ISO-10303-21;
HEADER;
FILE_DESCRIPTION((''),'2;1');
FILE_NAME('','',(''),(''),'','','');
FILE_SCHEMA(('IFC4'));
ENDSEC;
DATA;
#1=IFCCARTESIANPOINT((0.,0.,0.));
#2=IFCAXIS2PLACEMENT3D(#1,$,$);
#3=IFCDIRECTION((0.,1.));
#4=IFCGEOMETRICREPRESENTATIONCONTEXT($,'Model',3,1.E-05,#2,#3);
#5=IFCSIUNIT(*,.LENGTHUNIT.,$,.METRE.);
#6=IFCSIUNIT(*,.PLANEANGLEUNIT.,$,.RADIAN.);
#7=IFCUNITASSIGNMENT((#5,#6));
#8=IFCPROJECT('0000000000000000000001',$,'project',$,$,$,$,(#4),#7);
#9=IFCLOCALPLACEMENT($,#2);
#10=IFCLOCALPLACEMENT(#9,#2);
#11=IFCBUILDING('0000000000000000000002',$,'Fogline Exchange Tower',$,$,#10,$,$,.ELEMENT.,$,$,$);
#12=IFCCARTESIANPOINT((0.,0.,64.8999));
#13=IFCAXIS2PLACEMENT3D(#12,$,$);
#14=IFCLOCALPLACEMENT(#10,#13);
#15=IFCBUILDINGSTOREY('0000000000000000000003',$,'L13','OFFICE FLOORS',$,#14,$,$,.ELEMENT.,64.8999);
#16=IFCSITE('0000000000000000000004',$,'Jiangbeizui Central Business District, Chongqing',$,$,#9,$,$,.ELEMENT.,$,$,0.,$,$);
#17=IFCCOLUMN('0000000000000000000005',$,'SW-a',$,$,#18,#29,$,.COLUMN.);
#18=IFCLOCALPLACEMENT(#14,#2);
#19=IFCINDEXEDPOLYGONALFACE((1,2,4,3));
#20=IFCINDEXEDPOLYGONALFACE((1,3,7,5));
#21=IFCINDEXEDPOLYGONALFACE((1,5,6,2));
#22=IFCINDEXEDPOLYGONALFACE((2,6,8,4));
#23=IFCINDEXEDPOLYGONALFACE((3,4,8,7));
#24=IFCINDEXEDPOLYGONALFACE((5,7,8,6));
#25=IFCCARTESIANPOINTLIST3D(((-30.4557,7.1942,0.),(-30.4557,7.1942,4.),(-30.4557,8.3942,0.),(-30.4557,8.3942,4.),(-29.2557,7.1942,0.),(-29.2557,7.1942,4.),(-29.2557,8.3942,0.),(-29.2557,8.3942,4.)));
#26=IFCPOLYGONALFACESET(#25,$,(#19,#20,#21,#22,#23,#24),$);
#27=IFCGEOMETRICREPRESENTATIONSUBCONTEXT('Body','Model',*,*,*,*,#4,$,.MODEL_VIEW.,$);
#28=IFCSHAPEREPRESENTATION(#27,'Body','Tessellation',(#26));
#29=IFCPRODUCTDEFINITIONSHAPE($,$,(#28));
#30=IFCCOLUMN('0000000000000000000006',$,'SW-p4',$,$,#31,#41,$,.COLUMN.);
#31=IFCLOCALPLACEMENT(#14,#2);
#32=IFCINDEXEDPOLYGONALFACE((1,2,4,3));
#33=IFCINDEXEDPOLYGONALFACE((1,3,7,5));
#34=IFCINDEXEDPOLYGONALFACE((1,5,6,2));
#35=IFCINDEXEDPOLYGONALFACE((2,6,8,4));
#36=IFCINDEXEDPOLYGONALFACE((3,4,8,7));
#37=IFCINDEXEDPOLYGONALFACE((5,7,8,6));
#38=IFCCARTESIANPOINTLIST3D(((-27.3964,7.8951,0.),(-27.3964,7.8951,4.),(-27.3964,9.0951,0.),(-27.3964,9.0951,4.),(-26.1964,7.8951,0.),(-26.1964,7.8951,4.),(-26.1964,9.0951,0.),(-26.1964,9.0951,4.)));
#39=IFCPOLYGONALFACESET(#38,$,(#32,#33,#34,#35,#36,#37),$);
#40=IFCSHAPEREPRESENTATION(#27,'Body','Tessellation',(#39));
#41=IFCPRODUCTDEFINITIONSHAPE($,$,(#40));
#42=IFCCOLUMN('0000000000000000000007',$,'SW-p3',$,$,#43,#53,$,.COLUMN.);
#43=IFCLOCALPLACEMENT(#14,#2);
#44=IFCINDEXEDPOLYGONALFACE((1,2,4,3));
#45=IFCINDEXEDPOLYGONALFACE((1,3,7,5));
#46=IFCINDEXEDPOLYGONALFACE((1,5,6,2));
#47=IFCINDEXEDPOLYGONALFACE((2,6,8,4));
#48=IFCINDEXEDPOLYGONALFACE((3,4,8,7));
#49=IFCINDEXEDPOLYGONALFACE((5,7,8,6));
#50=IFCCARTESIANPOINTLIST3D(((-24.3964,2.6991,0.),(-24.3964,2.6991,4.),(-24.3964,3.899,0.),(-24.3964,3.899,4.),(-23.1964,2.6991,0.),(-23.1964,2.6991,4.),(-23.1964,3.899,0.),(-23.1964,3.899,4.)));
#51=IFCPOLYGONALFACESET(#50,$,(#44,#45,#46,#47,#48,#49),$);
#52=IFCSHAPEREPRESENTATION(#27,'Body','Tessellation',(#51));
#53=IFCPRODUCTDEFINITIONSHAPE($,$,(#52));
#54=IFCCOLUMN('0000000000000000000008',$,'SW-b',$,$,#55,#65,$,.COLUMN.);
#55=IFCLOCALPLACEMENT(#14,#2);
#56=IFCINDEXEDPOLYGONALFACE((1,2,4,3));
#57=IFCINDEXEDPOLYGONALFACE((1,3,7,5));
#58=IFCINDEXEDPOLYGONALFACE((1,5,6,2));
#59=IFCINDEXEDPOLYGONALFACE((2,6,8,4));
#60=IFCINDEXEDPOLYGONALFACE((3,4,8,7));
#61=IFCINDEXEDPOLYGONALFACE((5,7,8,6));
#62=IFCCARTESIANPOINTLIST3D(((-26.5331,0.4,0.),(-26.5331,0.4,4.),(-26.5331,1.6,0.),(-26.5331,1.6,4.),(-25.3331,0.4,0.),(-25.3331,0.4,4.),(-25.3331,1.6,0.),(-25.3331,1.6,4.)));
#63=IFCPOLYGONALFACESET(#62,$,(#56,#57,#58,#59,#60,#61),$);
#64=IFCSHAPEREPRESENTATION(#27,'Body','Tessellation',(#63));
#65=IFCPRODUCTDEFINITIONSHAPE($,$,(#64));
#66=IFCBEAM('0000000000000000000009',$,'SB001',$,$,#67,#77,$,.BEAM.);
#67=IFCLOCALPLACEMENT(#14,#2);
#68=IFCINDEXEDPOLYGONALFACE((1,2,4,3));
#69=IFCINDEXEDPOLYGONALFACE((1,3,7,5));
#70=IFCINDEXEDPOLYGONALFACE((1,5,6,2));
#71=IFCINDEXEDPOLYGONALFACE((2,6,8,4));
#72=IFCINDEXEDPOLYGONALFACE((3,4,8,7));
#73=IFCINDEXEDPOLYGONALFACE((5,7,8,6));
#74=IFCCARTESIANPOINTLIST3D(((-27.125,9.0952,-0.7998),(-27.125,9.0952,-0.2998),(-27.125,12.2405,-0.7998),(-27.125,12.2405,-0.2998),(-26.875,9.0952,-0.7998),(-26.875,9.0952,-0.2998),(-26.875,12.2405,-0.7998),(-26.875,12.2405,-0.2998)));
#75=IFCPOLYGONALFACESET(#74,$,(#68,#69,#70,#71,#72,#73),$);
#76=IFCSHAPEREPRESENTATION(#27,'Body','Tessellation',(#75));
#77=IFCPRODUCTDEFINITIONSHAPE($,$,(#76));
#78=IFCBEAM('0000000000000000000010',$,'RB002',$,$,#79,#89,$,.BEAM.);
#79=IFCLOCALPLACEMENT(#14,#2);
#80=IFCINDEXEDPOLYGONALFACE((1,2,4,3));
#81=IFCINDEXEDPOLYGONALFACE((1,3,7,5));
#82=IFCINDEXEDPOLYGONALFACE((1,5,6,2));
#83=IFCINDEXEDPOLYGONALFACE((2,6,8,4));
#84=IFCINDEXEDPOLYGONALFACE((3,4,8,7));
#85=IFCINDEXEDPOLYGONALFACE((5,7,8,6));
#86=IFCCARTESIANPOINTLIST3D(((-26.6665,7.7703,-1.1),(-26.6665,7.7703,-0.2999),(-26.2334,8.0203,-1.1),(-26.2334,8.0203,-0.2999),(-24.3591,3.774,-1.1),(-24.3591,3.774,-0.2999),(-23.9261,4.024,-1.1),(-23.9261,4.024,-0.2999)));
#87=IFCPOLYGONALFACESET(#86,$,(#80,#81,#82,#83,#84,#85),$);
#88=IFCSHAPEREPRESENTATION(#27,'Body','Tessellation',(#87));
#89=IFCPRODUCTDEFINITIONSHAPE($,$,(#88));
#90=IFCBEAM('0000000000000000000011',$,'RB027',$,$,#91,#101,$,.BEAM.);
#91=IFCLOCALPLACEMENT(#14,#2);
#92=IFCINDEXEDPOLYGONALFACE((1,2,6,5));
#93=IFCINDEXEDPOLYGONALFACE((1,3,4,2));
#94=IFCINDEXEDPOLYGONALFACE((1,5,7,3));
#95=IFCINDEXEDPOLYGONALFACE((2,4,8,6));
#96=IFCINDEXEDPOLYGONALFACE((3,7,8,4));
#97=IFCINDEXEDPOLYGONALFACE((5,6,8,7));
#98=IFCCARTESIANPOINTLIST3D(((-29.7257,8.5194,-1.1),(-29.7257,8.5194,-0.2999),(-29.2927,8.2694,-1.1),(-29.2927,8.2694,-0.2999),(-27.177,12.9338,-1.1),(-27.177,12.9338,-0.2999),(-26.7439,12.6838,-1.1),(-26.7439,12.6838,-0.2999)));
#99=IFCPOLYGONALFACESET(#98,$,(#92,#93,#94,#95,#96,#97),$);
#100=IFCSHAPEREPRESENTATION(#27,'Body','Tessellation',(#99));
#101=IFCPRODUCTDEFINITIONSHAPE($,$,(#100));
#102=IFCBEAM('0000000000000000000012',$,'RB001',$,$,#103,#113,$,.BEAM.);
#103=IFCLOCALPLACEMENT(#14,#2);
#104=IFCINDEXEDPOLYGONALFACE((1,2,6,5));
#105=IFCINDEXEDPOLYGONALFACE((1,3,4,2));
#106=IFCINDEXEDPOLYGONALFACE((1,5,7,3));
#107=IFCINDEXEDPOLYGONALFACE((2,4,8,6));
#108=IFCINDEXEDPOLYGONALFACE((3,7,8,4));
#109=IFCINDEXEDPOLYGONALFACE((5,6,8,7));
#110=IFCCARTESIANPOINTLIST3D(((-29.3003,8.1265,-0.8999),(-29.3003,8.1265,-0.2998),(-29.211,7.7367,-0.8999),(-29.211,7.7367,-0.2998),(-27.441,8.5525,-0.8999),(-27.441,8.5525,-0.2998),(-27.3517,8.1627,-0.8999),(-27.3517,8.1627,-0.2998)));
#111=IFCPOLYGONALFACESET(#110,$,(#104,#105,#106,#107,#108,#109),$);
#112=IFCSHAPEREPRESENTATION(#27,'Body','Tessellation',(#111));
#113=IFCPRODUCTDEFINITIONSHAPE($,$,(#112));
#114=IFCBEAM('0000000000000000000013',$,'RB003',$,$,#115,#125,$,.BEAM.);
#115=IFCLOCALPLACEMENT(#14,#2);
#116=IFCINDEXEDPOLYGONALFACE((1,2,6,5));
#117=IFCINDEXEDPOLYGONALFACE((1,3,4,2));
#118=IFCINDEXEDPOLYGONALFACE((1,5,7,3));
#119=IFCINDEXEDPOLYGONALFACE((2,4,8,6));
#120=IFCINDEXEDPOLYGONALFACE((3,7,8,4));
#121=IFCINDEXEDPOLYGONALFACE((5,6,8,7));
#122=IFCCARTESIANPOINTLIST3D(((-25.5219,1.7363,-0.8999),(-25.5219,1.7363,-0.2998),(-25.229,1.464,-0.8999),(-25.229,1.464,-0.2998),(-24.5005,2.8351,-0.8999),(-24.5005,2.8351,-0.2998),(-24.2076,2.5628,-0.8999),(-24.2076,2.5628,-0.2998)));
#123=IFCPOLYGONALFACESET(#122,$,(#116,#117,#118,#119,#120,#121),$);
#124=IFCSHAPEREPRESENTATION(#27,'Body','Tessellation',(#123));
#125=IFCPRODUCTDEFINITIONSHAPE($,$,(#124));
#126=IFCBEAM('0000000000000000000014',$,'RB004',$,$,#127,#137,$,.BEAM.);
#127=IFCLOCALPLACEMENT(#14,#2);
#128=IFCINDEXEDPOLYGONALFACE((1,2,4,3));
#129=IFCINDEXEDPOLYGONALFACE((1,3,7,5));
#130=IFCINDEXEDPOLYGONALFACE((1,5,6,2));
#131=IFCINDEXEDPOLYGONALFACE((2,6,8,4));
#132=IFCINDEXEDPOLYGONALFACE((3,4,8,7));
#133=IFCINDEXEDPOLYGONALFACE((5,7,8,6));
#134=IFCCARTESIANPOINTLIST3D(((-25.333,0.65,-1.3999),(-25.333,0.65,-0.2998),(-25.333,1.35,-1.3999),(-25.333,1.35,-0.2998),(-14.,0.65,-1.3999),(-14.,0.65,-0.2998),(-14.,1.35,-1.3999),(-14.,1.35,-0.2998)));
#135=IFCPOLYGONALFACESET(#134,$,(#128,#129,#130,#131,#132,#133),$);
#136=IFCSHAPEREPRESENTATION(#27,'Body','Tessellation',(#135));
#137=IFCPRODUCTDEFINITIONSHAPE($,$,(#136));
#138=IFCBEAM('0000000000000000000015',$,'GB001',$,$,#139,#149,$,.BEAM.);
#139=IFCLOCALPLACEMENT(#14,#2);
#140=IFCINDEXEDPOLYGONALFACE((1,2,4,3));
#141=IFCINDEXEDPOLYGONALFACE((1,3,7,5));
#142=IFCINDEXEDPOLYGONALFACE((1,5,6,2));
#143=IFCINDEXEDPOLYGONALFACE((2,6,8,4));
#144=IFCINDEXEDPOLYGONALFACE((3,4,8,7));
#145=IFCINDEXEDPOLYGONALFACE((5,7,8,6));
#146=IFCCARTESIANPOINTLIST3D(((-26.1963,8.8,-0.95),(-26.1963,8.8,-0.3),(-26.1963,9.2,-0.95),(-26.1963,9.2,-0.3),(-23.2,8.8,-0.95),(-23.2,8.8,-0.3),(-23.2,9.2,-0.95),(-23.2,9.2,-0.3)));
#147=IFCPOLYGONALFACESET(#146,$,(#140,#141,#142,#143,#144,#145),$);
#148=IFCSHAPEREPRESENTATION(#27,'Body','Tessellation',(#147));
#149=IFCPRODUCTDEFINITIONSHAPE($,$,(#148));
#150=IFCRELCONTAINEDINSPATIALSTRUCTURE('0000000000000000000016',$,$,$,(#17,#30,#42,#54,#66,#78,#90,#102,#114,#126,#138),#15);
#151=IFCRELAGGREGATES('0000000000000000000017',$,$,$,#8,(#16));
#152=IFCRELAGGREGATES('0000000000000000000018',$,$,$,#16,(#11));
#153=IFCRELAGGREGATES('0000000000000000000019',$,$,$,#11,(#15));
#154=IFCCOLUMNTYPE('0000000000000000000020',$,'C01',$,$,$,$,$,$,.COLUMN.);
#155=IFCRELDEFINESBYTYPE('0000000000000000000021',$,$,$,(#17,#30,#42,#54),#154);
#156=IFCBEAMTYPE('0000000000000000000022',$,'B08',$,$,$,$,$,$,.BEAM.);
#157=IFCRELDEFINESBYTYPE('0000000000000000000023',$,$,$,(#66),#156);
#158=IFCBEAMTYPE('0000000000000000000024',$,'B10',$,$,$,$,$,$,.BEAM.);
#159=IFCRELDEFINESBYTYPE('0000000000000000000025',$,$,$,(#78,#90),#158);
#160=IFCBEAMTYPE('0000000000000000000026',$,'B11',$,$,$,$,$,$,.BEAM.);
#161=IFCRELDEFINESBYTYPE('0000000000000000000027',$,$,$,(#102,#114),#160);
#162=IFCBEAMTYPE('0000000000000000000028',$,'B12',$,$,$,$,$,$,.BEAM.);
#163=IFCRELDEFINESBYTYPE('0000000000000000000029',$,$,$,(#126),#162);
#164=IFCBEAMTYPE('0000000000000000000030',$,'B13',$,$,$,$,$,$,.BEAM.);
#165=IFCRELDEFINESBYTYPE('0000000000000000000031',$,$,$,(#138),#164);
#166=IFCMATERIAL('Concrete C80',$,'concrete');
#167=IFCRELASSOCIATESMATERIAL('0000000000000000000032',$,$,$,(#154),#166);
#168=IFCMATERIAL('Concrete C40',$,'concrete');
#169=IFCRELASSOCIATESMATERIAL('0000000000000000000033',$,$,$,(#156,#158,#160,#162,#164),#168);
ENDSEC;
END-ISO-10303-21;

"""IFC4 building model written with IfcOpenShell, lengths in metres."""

from ifc_helpers import new_model, si_unit, direction, frame, origin, origin_2d, place, context, subcontext, project, spatial, rectangle, extrude, material, material_profile, profile_set, type_object, element, save


model = new_model("IFC4")

# Units and contexts
model_context = context("Model", 3, precision=1e-05, world=origin(), true_north=direction((0.0, 1.0)))
body_context = subcontext(model_context, "Body", "Model", "MODEL_VIEW")
ifc_project = project(units=[si_unit("LENGTHUNIT", "METRE"), si_unit("PLANEANGLEUNIT", "RADIAN")], contexts=[model_context])

# Site, building, storey
site_placement = place(None, origin())
site = spatial("IfcSite", under=ifc_project, at=site_placement, Name="Jiangbeizui Central Business District, Chongqing", CompositionType="ELEMENT", RefElevation=0.0)
building_placement = place(site_placement, origin())
building = spatial("IfcBuilding", under=site, at=building_placement, Name="Fogline Exchange Tower", CompositionType="ELEMENT")
storey_placement = place(building_placement, frame((0.0, 0.0, 64.8999)))
storey = spatial("IfcBuildingStorey", under=building, at=storey_placement, Name="L13", Description="OFFICE FLOORS", CompositionType="ELEMENT", Elevation=64.8999)

# Columns
ifc_material_1 = material(Name="Concrete C80", Category="concrete")
ifc_material_profile_1 = material_profile(ifc_material_1, rectangle(XDim=1.2, YDim=1.2, at=origin_2d()), Name="RC 1200x1200")
ifc_profile_set_1 = profile_set([ifc_material_profile_1], Name="Concrete C80")
column_type = type_object("IfcColumnType", Name="C01", PredefinedType="COLUMN", material=ifc_profile_set_1)
for number, where, z_axis, x_axis, name in (
    (1, (-29.8557, 7.7942, 0.0), (0.0, 0.0, 1.0), (1.0, 0.0, 0.0), "SW-a"),
    (2, (-26.7964, 8.4951, 0.0), (0.0, 0.0, 1.0), (1.0, 0.0, 0.0), "SW-p4"),
    (3, (-23.7964, 3.2991, 0.0), (0.0, 0.0, 1.0), (1.0, 0.0, 0.0), "SW-p3"),
    (4, (-25.9331, 1.0, 0.0), (0.0, 0.0, 1.0), (1.0, 0.0, 0.0), "SW-b"),
):
    element("IfcColumn", number, at=place(storey_placement, frame(where, z_axis=z_axis, x_axis=x_axis)), inside=storey, type_object=column_type, Name=name, PredefinedType="COLUMN", context=body_context, shape_type="SweptSolid", body=[
        extrude(rectangle(XDim=1.2, YDim=1.2, at=origin_2d()), origin(), (0.0, 0.0, 1.0), 4.0),
    ])

# Beams
ifc_material_2 = material(Name="Concrete C40", Category="concrete")
ifc_material_profile_2 = material_profile(ifc_material_2, rectangle(XDim=0.25, YDim=0.5, at=origin_2d()), Name="RC 250x500")
ifc_profile_set_2 = profile_set([ifc_material_profile_2], Name="Concrete C40")
beam_type_1 = type_object("IfcBeamType", Name="B08", PredefinedType="BEAM", material=ifc_profile_set_2)
beam_1_placement = place(storey_placement, frame((-27.0, 9.0952, -0.5498), z_axis=(0.0, 1.0, 0.0), x_axis=(-1.0, 0.0, 0.0)))
element("IfcBeam", 5, at=beam_1_placement, inside=storey, type_object=beam_type_1, Name="SB001", PredefinedType="BEAM", context=body_context, shape_type="SweptSolid", body=[
    extrude(rectangle(XDim=0.25, YDim=0.5, at=origin_2d()), origin(), (0.0, 0.0, 1.0), 3.1453),
])
ifc_material_profile_3 = material_profile(ifc_material_2, rectangle(XDim=0.5, YDim=0.8, at=origin_2d()), Name="RC 500x800")
ifc_profile_set_3 = profile_set([ifc_material_profile_3], Name="Concrete C40")
beam_type_2 = type_object("IfcBeamType", Name="B10", PredefinedType="BEAM", material=ifc_profile_set_3)
beam_2_placement = place(storey_placement, frame((-26.45, 7.8953, -0.7), z_axis=(0.500014, -0.866017, 0.0), x_axis=(0.866017, 0.500014, 0.0)))
element("IfcBeam", 6, at=beam_2_placement, inside=storey, type_object=beam_type_2, Name="RB002", PredefinedType="BEAM", context=body_context, shape_type="SweptSolid", body=[
    extrude(rectangle(XDim=0.5, YDim=0.8, at=origin_2d()), origin(), (0.0, 0.0, 1.0), 4.6145),
])
beam_3_placement = place(storey_placement, frame((-26.9604, 12.8088, -0.7), z_axis=(-0.500013, -0.866018, 0.0), x_axis=(0.866018, -0.500013, 0.0)))
element("IfcBeam", 7, at=beam_3_placement, inside=storey, type_object=beam_type_2, Name="RB027", PredefinedType="BEAM", context=body_context, shape_type="SweptSolid", body=[
    extrude(rectangle(XDim=0.5, YDim=0.8, at=origin_2d()), origin(), (0.0, 0.0, 1.0), 5.0974),
])
ifc_material_profile_4 = material_profile(ifc_material_2, rectangle(XDim=0.3999, YDim=0.6001, at=origin_2d()), Name="RC 400x600")
ifc_profile_set_4 = profile_set([ifc_material_profile_4], Name="Concrete C40")
beam_type_3 = type_object("IfcBeamType", Name="B11", PredefinedType="BEAM", material=ifc_profile_set_4)
beam_4_placement = place(storey_placement, frame((-29.2556, 7.9316, -0.5999), z_axis=(0.974742, 0.223336, 0.0), x_axis=(-0.223336, 0.974742, 0.0)))
element("IfcBeam", 8, at=beam_4_placement, inside=storey, type_object=beam_type_3, Name="RB001", PredefinedType="BEAM", context=body_context, shape_type="SweptSolid", body=[
    extrude(rectangle(XDim=0.3999, YDim=0.6001, at=origin_2d()), origin(), (0.0, 0.0, 1.0), 1.9075),
])
beam_5_placement = place(storey_placement, frame((-24.354, 2.699, -0.5999), z_axis=(-0.680844, -0.732428, 0.0), x_axis=(0.732428, -0.680844, 0.0)))
element("IfcBeam", 9, at=beam_5_placement, inside=storey, type_object=beam_type_3, Name="RB003", PredefinedType="BEAM", context=body_context, shape_type="SweptSolid", body=[
    extrude(rectangle(XDim=0.3999, YDim=0.6001, at=origin_2d()), origin(), (0.0, 0.0, 1.0), 1.5002),
])
ifc_material_profile_5 = material_profile(ifc_material_2, rectangle(XDim=0.7, YDim=1.1001, at=origin_2d()), Name="RC 700x1100")
ifc_profile_set_5 = profile_set([ifc_material_profile_5], Name="Concrete C40")
beam_type_4 = type_object("IfcBeamType", Name="B12", PredefinedType="BEAM", material=ifc_profile_set_5)
beam_6_placement = place(storey_placement, frame((-25.333, 1.0, -0.8499), z_axis=(1.0, 0.0, 0.0), x_axis=(0.0, 1.0, 0.0)))
element("IfcBeam", 10, at=beam_6_placement, inside=storey, type_object=beam_type_4, Name="RB004", PredefinedType="BEAM", context=body_context, shape_type="SweptSolid", body=[
    extrude(rectangle(XDim=0.7, YDim=1.1001, at=origin_2d()), origin(), (0.0, 0.0, 1.0), 11.333),
])
ifc_material_profile_6 = material_profile(ifc_material_2, rectangle(XDim=0.3999, YDim=0.6499, at=origin_2d()), Name="RC 400x650")
ifc_profile_set_6 = profile_set([ifc_material_profile_6], Name="Concrete C40")
beam_type_5 = type_object("IfcBeamType", Name="B13", PredefinedType="BEAM", material=ifc_profile_set_6)
beam_7_placement = place(storey_placement, frame((-26.1963, 9.0, -0.625), z_axis=(1.0, 0.0, 0.0), x_axis=(0.0, 1.0, 0.0)))
element("IfcBeam", 11, at=beam_7_placement, inside=storey, type_object=beam_type_5, Name="GB001", PredefinedType="BEAM", context=body_context, shape_type="SweptSolid", body=[
    extrude(rectangle(XDim=0.3999, YDim=0.6499, at=origin_2d()), origin(), (0.0, 0.0, 1.0), 2.9963),
])

save(model, "model.ifc")
